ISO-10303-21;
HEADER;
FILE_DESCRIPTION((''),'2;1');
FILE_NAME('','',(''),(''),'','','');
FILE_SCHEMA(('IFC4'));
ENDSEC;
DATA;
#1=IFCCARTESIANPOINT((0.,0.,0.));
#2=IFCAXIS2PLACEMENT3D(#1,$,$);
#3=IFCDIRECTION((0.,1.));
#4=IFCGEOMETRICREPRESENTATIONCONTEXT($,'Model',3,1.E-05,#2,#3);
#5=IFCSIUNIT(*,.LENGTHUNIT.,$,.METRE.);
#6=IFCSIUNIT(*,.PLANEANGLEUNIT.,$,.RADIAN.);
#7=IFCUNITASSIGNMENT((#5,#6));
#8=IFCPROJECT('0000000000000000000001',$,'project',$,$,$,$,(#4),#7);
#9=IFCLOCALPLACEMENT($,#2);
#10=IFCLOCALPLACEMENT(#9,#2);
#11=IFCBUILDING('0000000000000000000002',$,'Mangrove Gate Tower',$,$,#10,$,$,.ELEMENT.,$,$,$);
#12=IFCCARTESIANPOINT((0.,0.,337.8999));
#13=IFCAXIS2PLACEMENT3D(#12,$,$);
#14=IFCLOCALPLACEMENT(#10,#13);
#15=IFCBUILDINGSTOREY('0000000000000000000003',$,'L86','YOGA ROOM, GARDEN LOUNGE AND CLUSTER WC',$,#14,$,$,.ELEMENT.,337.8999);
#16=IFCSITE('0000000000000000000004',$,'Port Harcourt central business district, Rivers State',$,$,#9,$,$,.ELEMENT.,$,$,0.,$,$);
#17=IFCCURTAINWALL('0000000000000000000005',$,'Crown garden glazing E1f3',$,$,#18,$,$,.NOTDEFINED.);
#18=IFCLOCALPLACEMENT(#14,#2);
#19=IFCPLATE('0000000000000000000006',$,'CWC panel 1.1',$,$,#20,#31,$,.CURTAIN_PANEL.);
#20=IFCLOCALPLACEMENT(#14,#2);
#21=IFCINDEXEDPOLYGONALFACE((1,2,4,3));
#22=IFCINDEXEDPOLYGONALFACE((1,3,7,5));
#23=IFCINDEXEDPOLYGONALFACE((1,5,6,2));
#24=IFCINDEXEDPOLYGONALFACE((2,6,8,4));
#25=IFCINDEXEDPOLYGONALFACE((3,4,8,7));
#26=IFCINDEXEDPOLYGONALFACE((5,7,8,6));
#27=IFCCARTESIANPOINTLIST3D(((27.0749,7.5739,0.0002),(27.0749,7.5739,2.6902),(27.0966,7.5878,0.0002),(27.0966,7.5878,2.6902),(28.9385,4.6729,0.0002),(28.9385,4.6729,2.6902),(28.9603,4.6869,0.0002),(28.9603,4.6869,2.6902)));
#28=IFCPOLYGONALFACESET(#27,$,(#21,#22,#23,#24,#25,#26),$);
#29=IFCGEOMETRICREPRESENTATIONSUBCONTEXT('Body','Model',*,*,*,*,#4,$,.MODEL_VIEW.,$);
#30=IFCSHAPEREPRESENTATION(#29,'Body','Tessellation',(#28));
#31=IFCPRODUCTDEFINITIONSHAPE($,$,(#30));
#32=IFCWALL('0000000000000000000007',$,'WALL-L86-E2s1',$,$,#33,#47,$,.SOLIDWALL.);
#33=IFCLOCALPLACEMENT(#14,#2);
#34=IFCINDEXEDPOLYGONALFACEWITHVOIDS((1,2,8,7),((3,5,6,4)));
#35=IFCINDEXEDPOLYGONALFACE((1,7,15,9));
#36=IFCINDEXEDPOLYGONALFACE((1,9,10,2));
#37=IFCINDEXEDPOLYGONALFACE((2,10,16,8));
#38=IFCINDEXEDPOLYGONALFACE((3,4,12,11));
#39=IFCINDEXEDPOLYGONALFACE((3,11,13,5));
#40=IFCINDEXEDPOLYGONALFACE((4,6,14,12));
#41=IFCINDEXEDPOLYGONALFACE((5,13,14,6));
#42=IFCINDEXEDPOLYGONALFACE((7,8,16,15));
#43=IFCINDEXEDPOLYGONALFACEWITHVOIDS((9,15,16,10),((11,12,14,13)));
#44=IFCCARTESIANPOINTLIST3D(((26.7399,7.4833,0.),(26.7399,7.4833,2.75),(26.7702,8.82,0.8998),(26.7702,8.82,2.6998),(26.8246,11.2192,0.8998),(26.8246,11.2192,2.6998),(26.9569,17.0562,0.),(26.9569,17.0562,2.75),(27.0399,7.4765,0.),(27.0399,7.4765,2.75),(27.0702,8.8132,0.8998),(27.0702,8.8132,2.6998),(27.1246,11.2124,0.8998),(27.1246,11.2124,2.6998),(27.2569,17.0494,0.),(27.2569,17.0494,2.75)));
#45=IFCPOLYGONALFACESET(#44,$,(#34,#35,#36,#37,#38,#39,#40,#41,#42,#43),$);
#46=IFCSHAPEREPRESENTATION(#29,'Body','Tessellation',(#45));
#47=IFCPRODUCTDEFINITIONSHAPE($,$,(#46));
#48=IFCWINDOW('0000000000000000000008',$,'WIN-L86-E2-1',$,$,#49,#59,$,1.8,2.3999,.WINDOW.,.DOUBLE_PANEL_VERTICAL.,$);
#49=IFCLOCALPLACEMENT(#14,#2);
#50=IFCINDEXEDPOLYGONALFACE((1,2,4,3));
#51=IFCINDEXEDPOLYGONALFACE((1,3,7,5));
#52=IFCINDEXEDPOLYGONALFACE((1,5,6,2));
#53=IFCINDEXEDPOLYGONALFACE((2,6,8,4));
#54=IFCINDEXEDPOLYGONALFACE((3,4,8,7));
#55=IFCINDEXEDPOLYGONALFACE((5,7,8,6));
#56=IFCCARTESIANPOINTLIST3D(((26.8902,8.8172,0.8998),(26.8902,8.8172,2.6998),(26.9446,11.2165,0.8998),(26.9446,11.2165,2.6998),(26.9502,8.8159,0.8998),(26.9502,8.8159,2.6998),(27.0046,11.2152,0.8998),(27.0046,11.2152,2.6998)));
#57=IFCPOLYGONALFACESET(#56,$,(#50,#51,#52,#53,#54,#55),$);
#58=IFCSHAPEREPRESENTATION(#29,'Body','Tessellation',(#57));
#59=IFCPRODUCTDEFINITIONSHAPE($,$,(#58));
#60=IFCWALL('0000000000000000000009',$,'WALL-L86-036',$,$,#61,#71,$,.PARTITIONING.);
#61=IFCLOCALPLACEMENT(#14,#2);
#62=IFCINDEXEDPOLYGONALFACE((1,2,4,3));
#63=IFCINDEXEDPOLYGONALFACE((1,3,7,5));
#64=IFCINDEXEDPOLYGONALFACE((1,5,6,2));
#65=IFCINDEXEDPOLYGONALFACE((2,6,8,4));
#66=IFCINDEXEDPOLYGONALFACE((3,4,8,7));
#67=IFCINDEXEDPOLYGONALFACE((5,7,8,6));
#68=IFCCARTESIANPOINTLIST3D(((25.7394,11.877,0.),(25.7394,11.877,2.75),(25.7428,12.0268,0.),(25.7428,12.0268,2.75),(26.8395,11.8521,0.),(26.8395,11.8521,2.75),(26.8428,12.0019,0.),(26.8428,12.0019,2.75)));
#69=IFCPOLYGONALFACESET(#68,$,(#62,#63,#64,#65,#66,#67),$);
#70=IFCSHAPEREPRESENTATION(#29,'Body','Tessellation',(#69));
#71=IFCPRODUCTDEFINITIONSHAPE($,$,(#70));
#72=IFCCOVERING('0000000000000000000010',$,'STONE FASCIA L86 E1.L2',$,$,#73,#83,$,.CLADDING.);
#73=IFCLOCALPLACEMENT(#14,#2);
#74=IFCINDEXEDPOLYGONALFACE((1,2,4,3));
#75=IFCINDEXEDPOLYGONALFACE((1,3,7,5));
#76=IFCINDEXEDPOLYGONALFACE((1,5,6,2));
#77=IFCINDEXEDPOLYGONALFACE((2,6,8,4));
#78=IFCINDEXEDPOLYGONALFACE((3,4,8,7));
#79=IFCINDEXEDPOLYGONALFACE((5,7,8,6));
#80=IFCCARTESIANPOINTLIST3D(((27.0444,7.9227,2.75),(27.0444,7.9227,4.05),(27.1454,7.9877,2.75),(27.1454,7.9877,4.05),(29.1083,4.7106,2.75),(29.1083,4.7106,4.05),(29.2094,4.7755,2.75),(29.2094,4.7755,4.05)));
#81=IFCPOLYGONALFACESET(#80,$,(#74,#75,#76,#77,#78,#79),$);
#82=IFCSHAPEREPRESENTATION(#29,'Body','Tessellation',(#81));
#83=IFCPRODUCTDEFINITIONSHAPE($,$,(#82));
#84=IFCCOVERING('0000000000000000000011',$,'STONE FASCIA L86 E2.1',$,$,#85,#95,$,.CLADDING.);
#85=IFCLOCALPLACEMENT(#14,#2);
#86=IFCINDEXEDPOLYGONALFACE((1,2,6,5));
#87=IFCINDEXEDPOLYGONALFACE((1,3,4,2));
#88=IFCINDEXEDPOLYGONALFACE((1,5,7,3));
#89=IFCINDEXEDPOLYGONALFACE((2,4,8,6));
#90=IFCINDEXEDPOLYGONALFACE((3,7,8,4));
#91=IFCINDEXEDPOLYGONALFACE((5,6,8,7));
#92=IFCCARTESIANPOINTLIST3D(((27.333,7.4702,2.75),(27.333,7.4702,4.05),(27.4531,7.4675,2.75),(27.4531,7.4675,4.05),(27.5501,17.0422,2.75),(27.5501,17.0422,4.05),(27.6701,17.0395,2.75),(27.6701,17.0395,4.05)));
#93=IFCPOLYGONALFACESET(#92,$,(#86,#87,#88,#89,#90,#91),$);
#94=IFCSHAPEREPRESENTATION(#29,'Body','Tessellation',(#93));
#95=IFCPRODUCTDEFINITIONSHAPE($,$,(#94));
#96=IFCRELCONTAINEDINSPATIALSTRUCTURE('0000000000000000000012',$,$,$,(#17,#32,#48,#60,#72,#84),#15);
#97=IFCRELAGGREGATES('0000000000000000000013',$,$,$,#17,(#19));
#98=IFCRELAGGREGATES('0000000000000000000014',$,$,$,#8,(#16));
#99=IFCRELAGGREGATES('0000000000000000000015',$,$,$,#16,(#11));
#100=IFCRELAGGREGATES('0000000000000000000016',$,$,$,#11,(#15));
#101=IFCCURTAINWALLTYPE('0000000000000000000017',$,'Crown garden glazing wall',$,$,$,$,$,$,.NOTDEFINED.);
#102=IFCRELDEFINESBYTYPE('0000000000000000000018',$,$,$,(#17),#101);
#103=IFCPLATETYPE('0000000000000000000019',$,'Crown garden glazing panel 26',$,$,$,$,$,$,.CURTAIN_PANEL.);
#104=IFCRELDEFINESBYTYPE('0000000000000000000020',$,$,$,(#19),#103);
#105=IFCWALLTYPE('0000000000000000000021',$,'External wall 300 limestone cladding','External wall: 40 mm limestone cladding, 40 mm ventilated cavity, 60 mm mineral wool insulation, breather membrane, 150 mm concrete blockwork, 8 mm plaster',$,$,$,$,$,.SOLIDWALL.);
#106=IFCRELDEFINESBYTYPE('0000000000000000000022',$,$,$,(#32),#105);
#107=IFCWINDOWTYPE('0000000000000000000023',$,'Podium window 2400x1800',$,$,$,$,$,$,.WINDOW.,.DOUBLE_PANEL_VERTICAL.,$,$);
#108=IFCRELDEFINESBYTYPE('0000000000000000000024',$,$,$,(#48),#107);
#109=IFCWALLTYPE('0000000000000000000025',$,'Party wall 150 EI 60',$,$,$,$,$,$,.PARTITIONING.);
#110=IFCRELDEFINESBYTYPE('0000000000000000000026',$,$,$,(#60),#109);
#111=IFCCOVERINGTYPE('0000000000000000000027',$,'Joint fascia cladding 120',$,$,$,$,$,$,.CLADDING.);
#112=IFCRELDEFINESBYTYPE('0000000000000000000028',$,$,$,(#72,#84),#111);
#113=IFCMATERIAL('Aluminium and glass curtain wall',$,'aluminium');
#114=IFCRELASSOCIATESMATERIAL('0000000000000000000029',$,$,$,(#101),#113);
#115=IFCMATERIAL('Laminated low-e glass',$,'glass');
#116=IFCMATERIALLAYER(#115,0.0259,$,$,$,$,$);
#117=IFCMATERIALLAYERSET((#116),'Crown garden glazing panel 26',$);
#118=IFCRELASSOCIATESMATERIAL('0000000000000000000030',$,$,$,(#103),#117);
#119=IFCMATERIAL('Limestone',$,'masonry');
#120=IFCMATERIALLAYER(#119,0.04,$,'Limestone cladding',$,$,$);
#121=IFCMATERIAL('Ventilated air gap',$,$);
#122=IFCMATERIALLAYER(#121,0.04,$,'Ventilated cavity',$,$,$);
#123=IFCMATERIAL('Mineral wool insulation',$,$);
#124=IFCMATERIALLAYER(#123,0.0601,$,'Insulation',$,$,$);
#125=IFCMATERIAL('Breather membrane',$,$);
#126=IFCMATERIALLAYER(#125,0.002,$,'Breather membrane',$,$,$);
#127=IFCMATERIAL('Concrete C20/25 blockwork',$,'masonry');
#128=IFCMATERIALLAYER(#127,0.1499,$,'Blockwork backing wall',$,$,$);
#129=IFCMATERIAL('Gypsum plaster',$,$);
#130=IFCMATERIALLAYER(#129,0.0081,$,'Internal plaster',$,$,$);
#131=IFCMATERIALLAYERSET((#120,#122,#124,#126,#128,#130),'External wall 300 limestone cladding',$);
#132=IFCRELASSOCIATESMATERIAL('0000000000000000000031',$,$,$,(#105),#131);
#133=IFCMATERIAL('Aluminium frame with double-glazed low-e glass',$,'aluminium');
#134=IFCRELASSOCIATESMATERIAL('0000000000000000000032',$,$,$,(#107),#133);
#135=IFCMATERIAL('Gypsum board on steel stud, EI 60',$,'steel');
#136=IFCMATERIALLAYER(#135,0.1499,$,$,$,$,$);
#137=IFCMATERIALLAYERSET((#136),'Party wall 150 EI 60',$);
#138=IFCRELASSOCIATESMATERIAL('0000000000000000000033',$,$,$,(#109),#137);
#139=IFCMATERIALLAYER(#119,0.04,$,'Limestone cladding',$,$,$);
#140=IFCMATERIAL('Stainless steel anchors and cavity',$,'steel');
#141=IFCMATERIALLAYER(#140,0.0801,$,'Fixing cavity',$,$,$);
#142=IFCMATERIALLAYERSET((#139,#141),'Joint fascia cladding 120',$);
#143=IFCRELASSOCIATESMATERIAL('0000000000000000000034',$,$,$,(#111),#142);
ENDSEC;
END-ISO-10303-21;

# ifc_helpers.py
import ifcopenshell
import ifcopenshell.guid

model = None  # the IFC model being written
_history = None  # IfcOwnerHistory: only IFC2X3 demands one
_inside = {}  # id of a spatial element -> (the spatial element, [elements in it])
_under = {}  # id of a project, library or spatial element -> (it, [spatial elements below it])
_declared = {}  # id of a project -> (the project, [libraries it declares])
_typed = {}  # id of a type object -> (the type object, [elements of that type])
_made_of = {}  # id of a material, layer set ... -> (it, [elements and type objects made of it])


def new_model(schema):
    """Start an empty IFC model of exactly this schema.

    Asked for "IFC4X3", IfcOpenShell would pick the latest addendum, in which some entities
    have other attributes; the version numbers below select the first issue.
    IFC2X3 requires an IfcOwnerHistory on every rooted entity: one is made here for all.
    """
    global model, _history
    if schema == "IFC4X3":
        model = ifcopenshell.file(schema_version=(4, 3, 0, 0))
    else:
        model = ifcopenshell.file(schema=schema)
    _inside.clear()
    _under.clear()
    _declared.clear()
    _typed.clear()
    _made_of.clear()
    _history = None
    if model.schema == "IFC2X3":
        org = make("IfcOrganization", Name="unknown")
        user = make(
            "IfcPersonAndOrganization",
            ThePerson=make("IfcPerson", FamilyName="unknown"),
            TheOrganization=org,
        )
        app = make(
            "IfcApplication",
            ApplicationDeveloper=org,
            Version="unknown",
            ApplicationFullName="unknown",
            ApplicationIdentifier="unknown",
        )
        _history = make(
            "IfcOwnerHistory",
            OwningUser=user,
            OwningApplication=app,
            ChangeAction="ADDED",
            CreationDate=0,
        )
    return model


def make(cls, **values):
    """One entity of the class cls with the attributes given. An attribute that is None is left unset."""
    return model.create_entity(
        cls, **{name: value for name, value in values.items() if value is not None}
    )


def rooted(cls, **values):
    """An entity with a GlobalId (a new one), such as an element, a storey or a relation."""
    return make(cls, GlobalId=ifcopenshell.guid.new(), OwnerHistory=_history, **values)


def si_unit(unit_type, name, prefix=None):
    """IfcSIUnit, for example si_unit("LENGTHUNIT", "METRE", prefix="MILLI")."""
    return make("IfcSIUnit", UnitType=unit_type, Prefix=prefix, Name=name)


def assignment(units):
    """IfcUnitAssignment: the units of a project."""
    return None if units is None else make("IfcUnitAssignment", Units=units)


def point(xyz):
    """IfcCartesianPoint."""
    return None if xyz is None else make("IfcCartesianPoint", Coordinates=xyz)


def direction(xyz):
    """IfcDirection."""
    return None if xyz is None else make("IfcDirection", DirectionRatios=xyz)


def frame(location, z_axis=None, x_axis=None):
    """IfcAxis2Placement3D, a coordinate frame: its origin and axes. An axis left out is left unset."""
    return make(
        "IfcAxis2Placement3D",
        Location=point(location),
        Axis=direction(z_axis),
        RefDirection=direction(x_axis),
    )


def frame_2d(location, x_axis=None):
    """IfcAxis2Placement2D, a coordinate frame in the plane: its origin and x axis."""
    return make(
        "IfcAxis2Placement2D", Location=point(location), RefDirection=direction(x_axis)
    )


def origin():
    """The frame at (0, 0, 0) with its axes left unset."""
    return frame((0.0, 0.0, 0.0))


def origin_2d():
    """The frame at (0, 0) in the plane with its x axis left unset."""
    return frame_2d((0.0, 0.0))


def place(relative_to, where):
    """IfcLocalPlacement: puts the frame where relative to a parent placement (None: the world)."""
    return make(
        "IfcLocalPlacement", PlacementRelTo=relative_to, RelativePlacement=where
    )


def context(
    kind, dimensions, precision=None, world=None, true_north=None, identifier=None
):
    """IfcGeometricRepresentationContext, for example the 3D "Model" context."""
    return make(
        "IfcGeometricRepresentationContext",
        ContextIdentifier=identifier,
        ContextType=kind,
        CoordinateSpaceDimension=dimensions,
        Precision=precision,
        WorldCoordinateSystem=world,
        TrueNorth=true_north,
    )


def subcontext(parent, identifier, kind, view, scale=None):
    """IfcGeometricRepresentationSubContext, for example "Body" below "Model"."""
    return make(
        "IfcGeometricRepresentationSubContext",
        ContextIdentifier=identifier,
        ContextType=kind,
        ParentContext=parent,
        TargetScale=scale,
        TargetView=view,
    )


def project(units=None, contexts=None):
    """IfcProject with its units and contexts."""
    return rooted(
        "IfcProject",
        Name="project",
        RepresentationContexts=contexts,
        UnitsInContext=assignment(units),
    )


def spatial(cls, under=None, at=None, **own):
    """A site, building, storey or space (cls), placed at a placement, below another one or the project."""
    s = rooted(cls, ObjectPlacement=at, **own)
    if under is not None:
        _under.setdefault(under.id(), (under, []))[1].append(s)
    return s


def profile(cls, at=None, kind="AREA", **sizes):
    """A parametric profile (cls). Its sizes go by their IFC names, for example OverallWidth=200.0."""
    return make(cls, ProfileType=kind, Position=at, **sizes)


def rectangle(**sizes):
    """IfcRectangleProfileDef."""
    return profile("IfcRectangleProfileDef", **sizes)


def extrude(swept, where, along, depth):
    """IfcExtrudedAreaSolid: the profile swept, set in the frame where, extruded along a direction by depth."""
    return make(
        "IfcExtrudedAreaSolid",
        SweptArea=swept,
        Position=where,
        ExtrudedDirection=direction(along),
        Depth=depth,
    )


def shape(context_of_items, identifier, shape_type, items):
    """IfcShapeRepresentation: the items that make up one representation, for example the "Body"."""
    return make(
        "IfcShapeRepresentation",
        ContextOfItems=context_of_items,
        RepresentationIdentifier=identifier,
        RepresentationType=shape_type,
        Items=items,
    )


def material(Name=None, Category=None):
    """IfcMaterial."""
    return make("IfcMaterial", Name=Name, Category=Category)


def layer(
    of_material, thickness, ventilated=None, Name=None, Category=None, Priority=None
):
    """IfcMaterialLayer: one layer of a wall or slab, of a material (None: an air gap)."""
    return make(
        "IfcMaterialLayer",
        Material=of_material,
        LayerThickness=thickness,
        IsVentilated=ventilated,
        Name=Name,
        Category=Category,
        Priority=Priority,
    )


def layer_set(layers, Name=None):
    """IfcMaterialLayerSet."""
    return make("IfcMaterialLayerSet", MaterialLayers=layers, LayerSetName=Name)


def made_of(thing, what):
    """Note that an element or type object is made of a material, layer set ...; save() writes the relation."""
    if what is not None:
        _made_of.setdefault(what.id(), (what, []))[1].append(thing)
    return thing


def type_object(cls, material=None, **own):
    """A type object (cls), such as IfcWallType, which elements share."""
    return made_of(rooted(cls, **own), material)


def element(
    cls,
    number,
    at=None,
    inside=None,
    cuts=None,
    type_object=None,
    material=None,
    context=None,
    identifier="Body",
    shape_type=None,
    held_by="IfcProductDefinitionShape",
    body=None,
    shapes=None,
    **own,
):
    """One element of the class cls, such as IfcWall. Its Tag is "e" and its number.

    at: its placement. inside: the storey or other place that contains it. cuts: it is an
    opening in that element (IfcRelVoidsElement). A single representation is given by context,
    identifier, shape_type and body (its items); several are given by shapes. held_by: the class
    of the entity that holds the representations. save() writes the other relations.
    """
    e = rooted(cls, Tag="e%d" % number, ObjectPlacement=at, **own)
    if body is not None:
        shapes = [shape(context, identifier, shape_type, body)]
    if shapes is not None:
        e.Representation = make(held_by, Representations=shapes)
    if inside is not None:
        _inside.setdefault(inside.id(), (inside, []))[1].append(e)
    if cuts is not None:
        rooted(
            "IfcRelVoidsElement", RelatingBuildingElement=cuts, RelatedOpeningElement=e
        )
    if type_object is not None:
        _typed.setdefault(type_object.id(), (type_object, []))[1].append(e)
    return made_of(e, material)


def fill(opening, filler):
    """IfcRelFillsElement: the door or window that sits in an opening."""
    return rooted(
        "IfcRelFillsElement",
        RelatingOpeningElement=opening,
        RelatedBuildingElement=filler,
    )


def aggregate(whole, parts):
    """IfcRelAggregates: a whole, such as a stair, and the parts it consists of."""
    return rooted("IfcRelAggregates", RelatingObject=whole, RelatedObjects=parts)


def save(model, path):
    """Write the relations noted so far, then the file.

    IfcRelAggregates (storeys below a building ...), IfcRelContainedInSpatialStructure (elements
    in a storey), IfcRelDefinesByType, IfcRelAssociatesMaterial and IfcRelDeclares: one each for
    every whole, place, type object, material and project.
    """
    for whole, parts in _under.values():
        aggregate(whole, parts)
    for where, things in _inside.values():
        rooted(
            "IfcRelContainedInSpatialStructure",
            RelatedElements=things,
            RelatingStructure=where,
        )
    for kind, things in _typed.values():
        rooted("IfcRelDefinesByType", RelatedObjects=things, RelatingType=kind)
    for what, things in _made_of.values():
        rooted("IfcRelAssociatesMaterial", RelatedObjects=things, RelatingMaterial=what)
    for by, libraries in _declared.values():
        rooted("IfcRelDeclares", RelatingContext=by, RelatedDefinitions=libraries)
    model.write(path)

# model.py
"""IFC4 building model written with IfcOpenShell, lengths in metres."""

from ifc_helpers import new_model, si_unit, direction, frame, frame_2d, origin, origin_2d, place, context, subcontext, project, spatial, rectangle, extrude, material, layer, layer_set, type_object, element, fill, aggregate, save


model = new_model("IFC4")

# Units and contexts
model_context = context("Model", 3, precision=1e-05, world=origin(), true_north=direction((0.0, 1.0)))
body_context = subcontext(model_context, "Body", "Model", "MODEL_VIEW")
ifc_project = project(units=[si_unit("LENGTHUNIT", "METRE"), si_unit("PLANEANGLEUNIT", "RADIAN")], contexts=[model_context])

# Site, building, storey
site_placement = place(None, origin())
site = spatial("IfcSite", under=ifc_project, at=site_placement, Name="Port Harcourt central business district, Rivers State", CompositionType="ELEMENT", RefElevation=0.0)
building_placement = place(site_placement, origin())
building = spatial("IfcBuilding", under=site, at=building_placement, Name="Mangrove Gate Tower", CompositionType="ELEMENT")
storey_placement = place(building_placement, frame((0.0, 0.0, 337.8999)))
storey = spatial("IfcBuildingStorey", under=building, at=storey_placement, Name="L86", Description="YOGA ROOM, GARDEN LOUNGE AND CLUSTER WC", CompositionType="ELEMENT", Elevation=337.8999)

# Shared definitions
ifc_material_1 = material(Name="Aluminium and glass curtain wall", Category="aluminium")
curtain_wall_type = type_object("IfcCurtainWallType", Name="Crown garden glazing wall", PredefinedType="NOTDEFINED", material=ifc_material_1)

# Curtain wall
curtain_wall_1_placement = place(storey_placement, origin())
curtain_wall_1 = element("IfcCurtainWall", 1, at=curtain_wall_1_placement, inside=storey, type_object=curtain_wall_type, Name="Crown garden glazing E1f3", PredefinedType="NOTDEFINED")

# Plate
ifc_material_2 = material(Name="Laminated low-e glass", Category="glass")
ifc_layer_1 = layer(ifc_material_2, 0.0259)
ifc_layer_set_1 = layer_set([ifc_layer_1], Name="Crown garden glazing panel 26")
plate_type = type_object("IfcPlateType", Name="Crown garden glazing panel 26", PredefinedType="CURTAIN_PANEL", material=ifc_layer_set_1)
plate_1_placement = place(storey_placement, frame((28.0176, 6.1304, 0.0002), z_axis=(0.0, 0.0, 1.0), x_axis=(-0.540496, 0.841346, 0.0)))
plate_1 = element("IfcPlate", 2, at=plate_1_placement, type_object=plate_type, Name="CWC panel 1.1", PredefinedType="CURTAIN_PANEL", context=body_context, shape_type="SweptSolid", body=[
    extrude(rectangle(XDim=3.448, YDim=0.0259, at=origin_2d()), origin(), (0.0, 0.0, 1.0), 2.6899),
])
aggregate(curtain_wall_1, [plate_1])

# Wall, opening, window
ifc_material_3 = material(Name="Limestone", Category="masonry")
ifc_layer_2 = layer(ifc_material_3, 0.04, Name="Limestone cladding")
ifc_material_4 = material(Name="Ventilated air gap")
ifc_layer_3 = layer(ifc_material_4, 0.04, Name="Ventilated cavity")
ifc_material_5 = material(Name="Mineral wool insulation")
ifc_layer_4 = layer(ifc_material_5, 0.0601, Name="Insulation")
ifc_material_6 = material(Name="Breather membrane")
ifc_layer_5 = layer(ifc_material_6, 0.002, Name="Breather membrane")
ifc_material_7 = material(Name="Concrete C20/25 blockwork", Category="masonry")
ifc_layer_6 = layer(ifc_material_7, 0.1499, Name="Blockwork backing wall")
ifc_material_8 = material(Name="Gypsum plaster")
ifc_layer_7 = layer(ifc_material_8, 0.0081, Name="Internal plaster")
ifc_layer_set_2 = layer_set([ifc_layer_2, ifc_layer_3, ifc_layer_4, ifc_layer_5, ifc_layer_6, ifc_layer_7], Name="External wall 300 limestone cladding")
wall_type_1 = type_object("IfcWallType", Name="External wall 300 limestone cladding", Description="External wall: 40 mm limestone cladding, 40 mm ventilated cavity, 60 mm mineral wool insulation, breather membrane, 150 mm concrete blockwork, 8 mm plaster", PredefinedType="SOLIDWALL", material=ifc_layer_set_2)
wall_1_placement = place(storey_placement, frame((26.8899, 7.48, 0.0), z_axis=(0.0, 0.0, 1.0), x_axis=(0.022666, 0.999743, 0.0)))
wall_1 = element("IfcWall", 3, at=wall_1_placement, inside=storey, type_object=wall_type_1, Name="WALL-L86-E2s1", PredefinedType="SOLIDWALL", context=body_context, shape_type="SweptSolid", body=[
    extrude(rectangle(XDim=9.5754, YDim=0.3, at=frame_2d((4.7876, 0.0))), origin(), (0.0, 0.0, 1.0), 2.75),
])
opening_placement = place(wall_1_placement, frame((1.3369, 0.0, 0.8999)))
opening = element("IfcOpeningElement", 4, at=opening_placement, cuts=wall_1, PredefinedType="OPENING", context=body_context, shape_type="SweptSolid", body=[
    extrude(rectangle(XDim=2.3999, YDim=1.8, at=frame_2d((1.2, 0.8999))), frame((0.0, 0.1599, 0.0), z_axis=(0.0, -1.0, 0.0), x_axis=(1.0, 0.0, 0.0)), (0.0, 0.0, 1.0), 0.3201),
])
ifc_material_9 = material(Name="Aluminium frame with double-glazed low-e glass", Category="aluminium")
window_type = type_object("IfcWindowType", Name="Podium window 2400x1800", PartitioningType="DOUBLE_PANEL_VERTICAL", PredefinedType="WINDOW", material=ifc_material_9)
window_placement = place(opening_placement, origin())
window = element("IfcWindow", 5, at=window_placement, inside=storey, type_object=window_type, Name="WIN-L86-E2-1", OverallHeight=1.8, OverallWidth=2.3999, PartitioningType="DOUBLE_PANEL_VERTICAL", PredefinedType="WINDOW", context=body_context, shape_type="SweptSolid", body=[
    extrude(rectangle(XDim=2.3999, YDim=1.8, at=frame_2d((1.2, 0.8999))), frame((0.0, 0.03, 0.0), z_axis=(0.0, -1.0, 0.0), x_axis=(1.0, 0.0, 0.0)), (0.0, 0.0, 1.0), 0.0601),
])
fill(opening, window)

# Wall
ifc_material_10 = material(Name="Gypsum board on steel stud, EI 60", Category="steel")
ifc_layer_8 = layer(ifc_material_10, 0.1499)
ifc_layer_set_3 = layer_set([ifc_layer_8], Name="Party wall 150 EI 60")
wall_type_2 = type_object("IfcWallType", Name="Party wall 150 EI 60", PredefinedType="PARTITIONING", material=ifc_layer_set_3)
wall_2_placement = place(storey_placement, frame((25.741, 11.9519, 0.0), z_axis=(0.0, 0.0, 1.0), x_axis=(0.999744, -0.022631, 0.0)))
element("IfcWall", 6, at=wall_2_placement, inside=storey, type_object=wall_type_2, Name="WALL-L86-036", PredefinedType="PARTITIONING", context=body_context, shape_type="SweptSolid", body=[
    extrude(rectangle(XDim=1.1003, YDim=0.1499, at=frame_2d((0.5503, 0.0))), origin(), (0.0, 0.0, 1.0), 2.75),
])

# Coverings
ifc_layer_9 = layer(ifc_material_3, 0.04, Name="Limestone cladding")
ifc_material_11 = material(Name="Stainless steel anchors and cavity", Category="steel")
ifc_layer_10 = layer(ifc_material_11, 0.0801, Name="Fixing cavity")
ifc_layer_set_4 = layer_set([ifc_layer_9, ifc_layer_10], Name="Joint fascia cladding 120")
covering_type = type_object("IfcCoveringType", Name="Joint fascia cladding 120", PredefinedType="CLADDING", material=ifc_layer_set_4)
covering_1_placement = place(storey_placement, frame((29.1589, 4.7429, 2.75), z_axis=(0.0, 0.0, 1.0), x_axis=(-0.540573, 0.841297, 0.0)))
element("IfcCovering", 7, at=covering_1_placement, inside=storey, type_object=covering_type, Name="STONE FASCIA L86 E1.L2", PredefinedType="CLADDING", context=body_context, shape_type="SweptSolid", body=[
    extrude(rectangle(XDim=3.8181, YDim=0.1201, at=frame_2d((1.9092, 0.0))), origin(), (0.0, 0.0, 1.0), 1.3),
])
covering_2_placement = place(storey_placement, frame((27.3931, 7.469, 2.75), z_axis=(0.0, 0.0, 1.0), x_axis=(0.022669, 0.999743, 0.0)))
element("IfcCovering", 8, at=covering_2_placement, inside=storey, type_object=covering_type, Name="STONE FASCIA L86 E2.1", PredefinedType="CLADDING", context=body_context, shape_type="SweptSolid", body=[
    extrude(rectangle(XDim=9.5745, YDim=0.1201, at=frame_2d((4.7871, 0.0))), origin(), (0.0, 0.0, 1.0), 1.3),
])

save(model, "model.ifc")
